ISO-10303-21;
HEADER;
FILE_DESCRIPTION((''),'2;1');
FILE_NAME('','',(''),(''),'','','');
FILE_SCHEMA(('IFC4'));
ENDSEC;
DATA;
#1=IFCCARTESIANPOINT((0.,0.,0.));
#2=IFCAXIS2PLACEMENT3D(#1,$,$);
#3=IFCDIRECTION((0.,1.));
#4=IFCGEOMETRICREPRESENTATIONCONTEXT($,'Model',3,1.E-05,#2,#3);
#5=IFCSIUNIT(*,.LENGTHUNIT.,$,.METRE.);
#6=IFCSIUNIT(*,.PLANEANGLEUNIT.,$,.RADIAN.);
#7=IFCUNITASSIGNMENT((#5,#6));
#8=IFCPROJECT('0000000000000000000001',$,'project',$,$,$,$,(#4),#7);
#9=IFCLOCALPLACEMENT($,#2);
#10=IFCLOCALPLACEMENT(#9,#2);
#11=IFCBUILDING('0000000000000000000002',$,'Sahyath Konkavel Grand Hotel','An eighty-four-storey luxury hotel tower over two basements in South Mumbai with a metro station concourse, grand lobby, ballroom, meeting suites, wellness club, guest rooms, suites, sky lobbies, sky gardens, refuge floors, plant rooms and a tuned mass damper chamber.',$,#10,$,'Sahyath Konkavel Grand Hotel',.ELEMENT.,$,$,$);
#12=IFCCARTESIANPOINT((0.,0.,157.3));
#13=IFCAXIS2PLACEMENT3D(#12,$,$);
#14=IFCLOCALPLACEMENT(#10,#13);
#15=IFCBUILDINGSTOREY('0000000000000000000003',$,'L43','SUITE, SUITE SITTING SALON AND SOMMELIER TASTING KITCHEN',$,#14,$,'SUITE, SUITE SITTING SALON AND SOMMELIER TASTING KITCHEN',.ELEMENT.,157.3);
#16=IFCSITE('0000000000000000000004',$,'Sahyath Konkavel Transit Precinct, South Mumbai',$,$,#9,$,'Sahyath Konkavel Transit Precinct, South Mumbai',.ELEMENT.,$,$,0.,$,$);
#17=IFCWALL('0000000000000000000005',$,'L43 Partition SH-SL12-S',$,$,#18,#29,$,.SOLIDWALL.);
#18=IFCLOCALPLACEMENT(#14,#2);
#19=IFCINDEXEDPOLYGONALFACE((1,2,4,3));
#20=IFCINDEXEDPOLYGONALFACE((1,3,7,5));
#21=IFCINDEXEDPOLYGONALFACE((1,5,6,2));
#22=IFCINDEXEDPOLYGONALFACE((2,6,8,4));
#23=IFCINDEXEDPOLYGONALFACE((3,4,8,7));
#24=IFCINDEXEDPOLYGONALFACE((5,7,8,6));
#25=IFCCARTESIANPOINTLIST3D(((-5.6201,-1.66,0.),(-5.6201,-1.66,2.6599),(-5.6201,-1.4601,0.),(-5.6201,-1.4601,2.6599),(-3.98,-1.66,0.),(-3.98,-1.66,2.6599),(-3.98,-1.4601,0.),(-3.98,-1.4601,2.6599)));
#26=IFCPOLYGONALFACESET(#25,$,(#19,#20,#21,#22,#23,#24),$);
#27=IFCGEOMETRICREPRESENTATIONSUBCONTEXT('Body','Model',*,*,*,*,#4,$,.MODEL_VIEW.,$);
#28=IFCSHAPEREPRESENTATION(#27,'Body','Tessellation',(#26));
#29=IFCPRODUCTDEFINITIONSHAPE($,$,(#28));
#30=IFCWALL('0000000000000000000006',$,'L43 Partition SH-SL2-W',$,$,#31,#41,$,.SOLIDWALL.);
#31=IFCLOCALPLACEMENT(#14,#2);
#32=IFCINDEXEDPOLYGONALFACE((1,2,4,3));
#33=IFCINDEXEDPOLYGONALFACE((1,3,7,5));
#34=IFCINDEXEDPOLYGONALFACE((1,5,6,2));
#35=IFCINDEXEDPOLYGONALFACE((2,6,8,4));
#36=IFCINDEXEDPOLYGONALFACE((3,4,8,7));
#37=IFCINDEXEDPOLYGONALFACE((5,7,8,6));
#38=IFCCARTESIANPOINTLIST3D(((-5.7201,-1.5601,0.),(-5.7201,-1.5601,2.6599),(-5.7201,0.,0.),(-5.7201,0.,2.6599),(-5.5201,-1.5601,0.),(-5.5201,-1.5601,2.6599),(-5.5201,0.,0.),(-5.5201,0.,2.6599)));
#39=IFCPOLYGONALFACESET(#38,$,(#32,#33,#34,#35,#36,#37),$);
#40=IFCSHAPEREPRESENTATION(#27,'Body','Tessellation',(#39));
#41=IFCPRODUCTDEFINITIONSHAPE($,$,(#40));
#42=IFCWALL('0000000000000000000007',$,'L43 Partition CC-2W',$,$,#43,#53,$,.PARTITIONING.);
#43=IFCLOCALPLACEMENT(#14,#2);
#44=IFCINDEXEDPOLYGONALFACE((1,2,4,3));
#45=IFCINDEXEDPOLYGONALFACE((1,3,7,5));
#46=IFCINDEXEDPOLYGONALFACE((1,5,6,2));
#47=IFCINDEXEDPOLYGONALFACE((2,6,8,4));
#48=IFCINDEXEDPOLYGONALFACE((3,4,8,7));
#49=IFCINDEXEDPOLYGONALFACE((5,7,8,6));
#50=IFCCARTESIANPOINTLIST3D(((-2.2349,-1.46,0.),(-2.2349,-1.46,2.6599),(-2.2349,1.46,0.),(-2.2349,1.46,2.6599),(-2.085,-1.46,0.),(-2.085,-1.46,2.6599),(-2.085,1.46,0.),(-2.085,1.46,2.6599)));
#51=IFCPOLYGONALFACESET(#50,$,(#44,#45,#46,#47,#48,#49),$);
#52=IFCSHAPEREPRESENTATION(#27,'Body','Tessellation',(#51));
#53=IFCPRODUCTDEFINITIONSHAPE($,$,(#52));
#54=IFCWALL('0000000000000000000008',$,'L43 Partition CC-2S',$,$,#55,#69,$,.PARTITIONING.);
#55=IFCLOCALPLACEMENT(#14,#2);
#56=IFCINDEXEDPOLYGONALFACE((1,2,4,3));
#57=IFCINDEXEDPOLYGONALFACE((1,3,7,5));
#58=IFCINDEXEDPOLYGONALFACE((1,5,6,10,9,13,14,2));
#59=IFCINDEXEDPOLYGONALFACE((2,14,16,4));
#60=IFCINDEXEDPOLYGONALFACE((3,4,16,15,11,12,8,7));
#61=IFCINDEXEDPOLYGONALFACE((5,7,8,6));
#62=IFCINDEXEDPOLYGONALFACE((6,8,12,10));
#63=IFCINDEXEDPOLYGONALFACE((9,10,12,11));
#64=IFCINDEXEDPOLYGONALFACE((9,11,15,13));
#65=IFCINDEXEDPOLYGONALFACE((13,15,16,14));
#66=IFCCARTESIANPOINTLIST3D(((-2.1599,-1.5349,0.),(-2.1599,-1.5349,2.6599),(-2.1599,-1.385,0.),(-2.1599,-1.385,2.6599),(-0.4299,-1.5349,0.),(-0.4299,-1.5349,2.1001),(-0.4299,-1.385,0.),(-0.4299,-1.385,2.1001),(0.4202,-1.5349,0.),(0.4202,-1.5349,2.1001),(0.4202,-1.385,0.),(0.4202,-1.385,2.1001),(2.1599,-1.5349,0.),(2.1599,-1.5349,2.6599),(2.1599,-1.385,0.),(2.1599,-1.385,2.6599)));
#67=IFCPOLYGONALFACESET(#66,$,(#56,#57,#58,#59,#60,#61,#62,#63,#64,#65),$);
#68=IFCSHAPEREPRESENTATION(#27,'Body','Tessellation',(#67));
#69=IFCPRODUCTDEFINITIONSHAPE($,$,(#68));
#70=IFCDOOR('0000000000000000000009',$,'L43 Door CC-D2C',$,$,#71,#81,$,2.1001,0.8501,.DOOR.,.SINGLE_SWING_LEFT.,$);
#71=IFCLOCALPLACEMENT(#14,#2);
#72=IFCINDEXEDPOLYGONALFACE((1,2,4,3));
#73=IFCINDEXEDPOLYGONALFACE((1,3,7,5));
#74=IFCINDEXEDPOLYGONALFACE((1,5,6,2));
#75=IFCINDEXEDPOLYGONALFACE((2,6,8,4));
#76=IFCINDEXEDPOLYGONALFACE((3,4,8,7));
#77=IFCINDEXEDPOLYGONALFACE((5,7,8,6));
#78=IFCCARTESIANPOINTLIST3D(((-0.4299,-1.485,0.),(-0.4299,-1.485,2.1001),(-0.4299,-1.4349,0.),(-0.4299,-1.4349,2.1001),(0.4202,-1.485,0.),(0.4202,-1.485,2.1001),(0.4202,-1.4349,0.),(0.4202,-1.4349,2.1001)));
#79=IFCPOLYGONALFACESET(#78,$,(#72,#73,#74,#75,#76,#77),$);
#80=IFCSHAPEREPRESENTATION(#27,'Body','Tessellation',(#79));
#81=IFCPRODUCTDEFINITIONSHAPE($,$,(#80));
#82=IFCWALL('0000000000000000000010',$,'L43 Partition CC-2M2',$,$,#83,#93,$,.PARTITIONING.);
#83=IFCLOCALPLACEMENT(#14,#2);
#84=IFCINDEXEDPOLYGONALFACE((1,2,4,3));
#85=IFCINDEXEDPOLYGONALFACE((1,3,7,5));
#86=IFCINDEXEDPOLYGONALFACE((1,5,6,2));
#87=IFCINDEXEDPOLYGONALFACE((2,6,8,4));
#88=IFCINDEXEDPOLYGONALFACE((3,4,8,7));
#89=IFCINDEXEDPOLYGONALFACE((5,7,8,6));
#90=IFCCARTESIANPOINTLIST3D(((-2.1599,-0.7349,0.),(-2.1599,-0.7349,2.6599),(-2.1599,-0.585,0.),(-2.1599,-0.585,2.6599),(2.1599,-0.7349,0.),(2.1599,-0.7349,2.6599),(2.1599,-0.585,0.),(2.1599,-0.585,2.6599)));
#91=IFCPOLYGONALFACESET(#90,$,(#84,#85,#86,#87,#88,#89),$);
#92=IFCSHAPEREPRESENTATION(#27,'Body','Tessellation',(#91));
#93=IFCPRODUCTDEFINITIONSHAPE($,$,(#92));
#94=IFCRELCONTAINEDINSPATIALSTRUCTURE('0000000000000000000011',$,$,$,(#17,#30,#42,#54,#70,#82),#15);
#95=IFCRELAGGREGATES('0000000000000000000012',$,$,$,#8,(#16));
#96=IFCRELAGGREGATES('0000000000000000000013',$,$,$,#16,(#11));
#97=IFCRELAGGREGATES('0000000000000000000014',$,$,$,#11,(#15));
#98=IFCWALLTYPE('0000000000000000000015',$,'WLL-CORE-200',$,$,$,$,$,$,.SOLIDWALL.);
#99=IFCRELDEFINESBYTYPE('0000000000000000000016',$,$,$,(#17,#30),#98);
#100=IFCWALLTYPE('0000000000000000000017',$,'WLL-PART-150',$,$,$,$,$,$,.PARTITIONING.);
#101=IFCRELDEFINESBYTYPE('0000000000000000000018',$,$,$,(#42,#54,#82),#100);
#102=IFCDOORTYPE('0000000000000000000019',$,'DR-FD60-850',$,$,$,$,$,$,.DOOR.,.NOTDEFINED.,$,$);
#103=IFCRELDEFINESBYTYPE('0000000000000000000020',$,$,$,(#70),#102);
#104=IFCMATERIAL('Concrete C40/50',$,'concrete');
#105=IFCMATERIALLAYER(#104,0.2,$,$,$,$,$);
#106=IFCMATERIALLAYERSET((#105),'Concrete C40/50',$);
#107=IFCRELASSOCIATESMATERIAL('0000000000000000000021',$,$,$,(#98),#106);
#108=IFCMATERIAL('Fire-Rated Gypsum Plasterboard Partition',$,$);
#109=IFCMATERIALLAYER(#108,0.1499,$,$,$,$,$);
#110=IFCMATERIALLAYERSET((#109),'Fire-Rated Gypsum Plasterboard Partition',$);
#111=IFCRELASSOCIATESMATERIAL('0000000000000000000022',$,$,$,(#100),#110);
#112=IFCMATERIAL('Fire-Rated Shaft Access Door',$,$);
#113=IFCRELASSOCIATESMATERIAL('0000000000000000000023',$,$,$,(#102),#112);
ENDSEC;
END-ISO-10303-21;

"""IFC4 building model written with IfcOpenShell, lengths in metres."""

from ifc_helpers import new_model, si_unit, direction, frame, frame_2d, origin, origin_2d, place, context, subcontext, project, spatial, rectangle, extrude, source, transform, mapped, material, layer, layer_set, type_object, element, fill, save


model = new_model("IFC4")

# Units and contexts
model_context = context("Model", 3, precision=1e-05, world=origin(), true_north=direction((0.0, 1.0)))
body_context = subcontext(model_context, "Body", "Model", "MODEL_VIEW")
ifc_project = project(units=[si_unit("LENGTHUNIT", "METRE"), si_unit("PLANEANGLEUNIT", "RADIAN")], contexts=[model_context])

# Site, building, storey
site_placement = place(None, origin())
site = spatial("IfcSite", under=ifc_project, at=site_placement, Name="Sahyath Konkavel Transit Precinct, South Mumbai", LongName="Sahyath Konkavel Transit Precinct, South Mumbai", CompositionType="ELEMENT", RefElevation=0.0)
building_placement = place(site_placement, origin())
building = spatial("IfcBuilding", under=site, at=building_placement, Name="Sahyath Konkavel Grand Hotel", Description="An eighty-four-storey luxury hotel tower over two basements in South Mumbai with a metro station concourse, grand lobby, ballroom, meeting suites, wellness club, guest rooms, suites, sky lobbies, sky gardens, refuge floors, plant rooms and a tuned mass damper chamber.", LongName="Sahyath Konkavel Grand Hotel", CompositionType="ELEMENT")
storey_placement = place(building_placement, frame((0.0, 0.0, 157.3)))
storey = spatial("IfcBuildingStorey", under=building, at=storey_placement, Name="L43", Description="SUITE, SUITE SITTING SALON AND SOMMELIER TASTING KITCHEN", LongName="SUITE, SUITE SITTING SALON AND SOMMELIER TASTING KITCHEN", CompositionType="ELEMENT", Elevation=157.3)

# Shared definitions
ifc_material_1 = material(Name="Concrete C40/50", Category="concrete")

# Shared definitions
ifc_layer_1 = layer(ifc_material_1, 0.2)
ifc_layer_set_1 = layer_set([ifc_layer_1], Name="Concrete C40/50")
wall_type_1 = type_object("IfcWallType", Name="WLL-CORE-200", PredefinedType="SOLIDWALL", material=ifc_layer_set_1)

# Walls
wall_1_placement = place(storey_placement, frame((-5.6201, -1.5601, 0.0), z_axis=(0.0, 0.0, 1.0), x_axis=(1.0, 0.0, 0.0)))
element("IfcWall", 1, at=wall_1_placement, inside=storey, type_object=wall_type_1, Name="L43 Partition SH-SL12-S", PredefinedType="SOLIDWALL", context=body_context, shape_type="SweptSolid", body=[
    extrude(rectangle(XDim=1.6401, YDim=0.2, at=frame_2d((0.8201, 0.0))), origin(), (0.0, 0.0, 1.0), 2.6599),
])
wall_2_placement = place(storey_placement, frame((-5.6201, -1.5601, 0.0), z_axis=(0.0, 0.0, 1.0), x_axis=(0.0, 1.0, 0.0)))
element("IfcWall", 2, at=wall_2_placement, inside=storey, type_object=wall_type_1, Name="L43 Partition SH-SL2-W", PredefinedType="SOLIDWALL", context=body_context, shape_type="SweptSolid", body=[
    extrude(rectangle(XDim=1.5601, YDim=0.2, at=frame_2d((0.78, 0.0))), origin(), (0.0, 0.0, 1.0), 2.6599),
])
ifc_material_2 = material(Name="Fire-Rated Gypsum Plasterboard Partition")
ifc_layer_2 = layer(ifc_material_2, 0.1499)
ifc_layer_set_2 = layer_set([ifc_layer_2], Name="Fire-Rated Gypsum Plasterboard Partition")
wall_type_2 = type_object("IfcWallType", Name="WLL-PART-150", PredefinedType="PARTITIONING", material=ifc_layer_set_2)
wall_3_placement = place(storey_placement, frame((-2.1599, -1.46, 0.0), z_axis=(0.0, 0.0, 1.0), x_axis=(0.0, 1.0, 0.0)))
element("IfcWall", 3, at=wall_3_placement, inside=storey, type_object=wall_type_2, Name="L43 Partition CC-2W", PredefinedType="PARTITIONING", context=body_context, shape_type="SweptSolid", body=[
    extrude(rectangle(XDim=2.9199, YDim=0.1499, at=frame_2d((1.46, 0.0))), origin(), (0.0, 0.0, 1.0), 2.6599),
])

# Wall, opening, door
wall_4_placement = place(storey_placement, frame((-2.1599, -1.46, 0.0), z_axis=(0.0, 0.0, 1.0), x_axis=(1.0, 0.0, 0.0)))
wall_4 = element("IfcWall", 4, at=wall_4_placement, inside=storey, type_object=wall_type_2, Name="L43 Partition CC-2S", PredefinedType="PARTITIONING", context=body_context, shape_type="SweptSolid", body=[
    extrude(rectangle(XDim=4.3198, YDim=0.1499, at=frame_2d((2.1599, 0.0))), origin(), (0.0, 0.0, 1.0), 2.6599),
])
opening_1_placement = place(wall_4_placement, frame((1.73, 0.0, 0.0)))
opening_1 = element("IfcOpeningElement", 5, at=opening_1_placement, cuts=wall_4, PredefinedType="OPENING", context=body_context, shape_type="SweptSolid", body=[
    extrude(rectangle(XDim=0.8501, YDim=2.1001, at=frame_2d((0.425, 1.05))), frame((0.0, 0.085, 0.0), z_axis=(0.0, -1.0, 0.0), x_axis=(1.0, 0.0, 0.0)), (0.0, 0.0, 1.0), 0.1699),
])
ifc_material_3 = material(Name="Fire-Rated Shaft Access Door")
door_type_1 = type_object("IfcDoorType", Name="DR-FD60-850", OperationType="NOTDEFINED", PredefinedType="DOOR", material=ifc_material_3)
shared_shape_1 = source(origin(), body_context, "Body", "SweptSolid", [
    extrude(rectangle(XDim=0.8501, YDim=0.05, at=origin_2d()), origin(), (0.0, 0.0, 1.0), 2.1001),
])
door_1_placement = place(opening_1_placement, frame((0.425, 0.0, 0.0)))
door_1 = element("IfcDoor", 6, at=door_1_placement, inside=storey, type_object=door_type_1, Name="L43 Door CC-D2C", OperationType="SINGLE_SWING_LEFT", OverallHeight=2.1001, OverallWidth=0.8501, PredefinedType="DOOR", context=body_context, shape_type="MappedRepresentation", body=[
    mapped(shared_shape_1, transform((0.0, 0.0, 0.0), scale=1.0)),
])
fill(opening_1, door_1)

# Wall
wall_5_placement = place(storey_placement, frame((-2.1599, -0.6599, 0.0), z_axis=(0.0, 0.0, 1.0), x_axis=(1.0, 0.0, 0.0)))
element("IfcWall", 7, at=wall_5_placement, inside=storey, type_object=wall_type_2, Name="L43 Partition CC-2M2", PredefinedType="PARTITIONING", context=body_context, shape_type="SweptSolid", body=[
    extrude(rectangle(XDim=4.3198, YDim=0.1499, at=frame_2d((2.1599, 0.0))), origin(), (0.0, 0.0, 1.0), 2.6599),
])

save(model, "model.ifc")
